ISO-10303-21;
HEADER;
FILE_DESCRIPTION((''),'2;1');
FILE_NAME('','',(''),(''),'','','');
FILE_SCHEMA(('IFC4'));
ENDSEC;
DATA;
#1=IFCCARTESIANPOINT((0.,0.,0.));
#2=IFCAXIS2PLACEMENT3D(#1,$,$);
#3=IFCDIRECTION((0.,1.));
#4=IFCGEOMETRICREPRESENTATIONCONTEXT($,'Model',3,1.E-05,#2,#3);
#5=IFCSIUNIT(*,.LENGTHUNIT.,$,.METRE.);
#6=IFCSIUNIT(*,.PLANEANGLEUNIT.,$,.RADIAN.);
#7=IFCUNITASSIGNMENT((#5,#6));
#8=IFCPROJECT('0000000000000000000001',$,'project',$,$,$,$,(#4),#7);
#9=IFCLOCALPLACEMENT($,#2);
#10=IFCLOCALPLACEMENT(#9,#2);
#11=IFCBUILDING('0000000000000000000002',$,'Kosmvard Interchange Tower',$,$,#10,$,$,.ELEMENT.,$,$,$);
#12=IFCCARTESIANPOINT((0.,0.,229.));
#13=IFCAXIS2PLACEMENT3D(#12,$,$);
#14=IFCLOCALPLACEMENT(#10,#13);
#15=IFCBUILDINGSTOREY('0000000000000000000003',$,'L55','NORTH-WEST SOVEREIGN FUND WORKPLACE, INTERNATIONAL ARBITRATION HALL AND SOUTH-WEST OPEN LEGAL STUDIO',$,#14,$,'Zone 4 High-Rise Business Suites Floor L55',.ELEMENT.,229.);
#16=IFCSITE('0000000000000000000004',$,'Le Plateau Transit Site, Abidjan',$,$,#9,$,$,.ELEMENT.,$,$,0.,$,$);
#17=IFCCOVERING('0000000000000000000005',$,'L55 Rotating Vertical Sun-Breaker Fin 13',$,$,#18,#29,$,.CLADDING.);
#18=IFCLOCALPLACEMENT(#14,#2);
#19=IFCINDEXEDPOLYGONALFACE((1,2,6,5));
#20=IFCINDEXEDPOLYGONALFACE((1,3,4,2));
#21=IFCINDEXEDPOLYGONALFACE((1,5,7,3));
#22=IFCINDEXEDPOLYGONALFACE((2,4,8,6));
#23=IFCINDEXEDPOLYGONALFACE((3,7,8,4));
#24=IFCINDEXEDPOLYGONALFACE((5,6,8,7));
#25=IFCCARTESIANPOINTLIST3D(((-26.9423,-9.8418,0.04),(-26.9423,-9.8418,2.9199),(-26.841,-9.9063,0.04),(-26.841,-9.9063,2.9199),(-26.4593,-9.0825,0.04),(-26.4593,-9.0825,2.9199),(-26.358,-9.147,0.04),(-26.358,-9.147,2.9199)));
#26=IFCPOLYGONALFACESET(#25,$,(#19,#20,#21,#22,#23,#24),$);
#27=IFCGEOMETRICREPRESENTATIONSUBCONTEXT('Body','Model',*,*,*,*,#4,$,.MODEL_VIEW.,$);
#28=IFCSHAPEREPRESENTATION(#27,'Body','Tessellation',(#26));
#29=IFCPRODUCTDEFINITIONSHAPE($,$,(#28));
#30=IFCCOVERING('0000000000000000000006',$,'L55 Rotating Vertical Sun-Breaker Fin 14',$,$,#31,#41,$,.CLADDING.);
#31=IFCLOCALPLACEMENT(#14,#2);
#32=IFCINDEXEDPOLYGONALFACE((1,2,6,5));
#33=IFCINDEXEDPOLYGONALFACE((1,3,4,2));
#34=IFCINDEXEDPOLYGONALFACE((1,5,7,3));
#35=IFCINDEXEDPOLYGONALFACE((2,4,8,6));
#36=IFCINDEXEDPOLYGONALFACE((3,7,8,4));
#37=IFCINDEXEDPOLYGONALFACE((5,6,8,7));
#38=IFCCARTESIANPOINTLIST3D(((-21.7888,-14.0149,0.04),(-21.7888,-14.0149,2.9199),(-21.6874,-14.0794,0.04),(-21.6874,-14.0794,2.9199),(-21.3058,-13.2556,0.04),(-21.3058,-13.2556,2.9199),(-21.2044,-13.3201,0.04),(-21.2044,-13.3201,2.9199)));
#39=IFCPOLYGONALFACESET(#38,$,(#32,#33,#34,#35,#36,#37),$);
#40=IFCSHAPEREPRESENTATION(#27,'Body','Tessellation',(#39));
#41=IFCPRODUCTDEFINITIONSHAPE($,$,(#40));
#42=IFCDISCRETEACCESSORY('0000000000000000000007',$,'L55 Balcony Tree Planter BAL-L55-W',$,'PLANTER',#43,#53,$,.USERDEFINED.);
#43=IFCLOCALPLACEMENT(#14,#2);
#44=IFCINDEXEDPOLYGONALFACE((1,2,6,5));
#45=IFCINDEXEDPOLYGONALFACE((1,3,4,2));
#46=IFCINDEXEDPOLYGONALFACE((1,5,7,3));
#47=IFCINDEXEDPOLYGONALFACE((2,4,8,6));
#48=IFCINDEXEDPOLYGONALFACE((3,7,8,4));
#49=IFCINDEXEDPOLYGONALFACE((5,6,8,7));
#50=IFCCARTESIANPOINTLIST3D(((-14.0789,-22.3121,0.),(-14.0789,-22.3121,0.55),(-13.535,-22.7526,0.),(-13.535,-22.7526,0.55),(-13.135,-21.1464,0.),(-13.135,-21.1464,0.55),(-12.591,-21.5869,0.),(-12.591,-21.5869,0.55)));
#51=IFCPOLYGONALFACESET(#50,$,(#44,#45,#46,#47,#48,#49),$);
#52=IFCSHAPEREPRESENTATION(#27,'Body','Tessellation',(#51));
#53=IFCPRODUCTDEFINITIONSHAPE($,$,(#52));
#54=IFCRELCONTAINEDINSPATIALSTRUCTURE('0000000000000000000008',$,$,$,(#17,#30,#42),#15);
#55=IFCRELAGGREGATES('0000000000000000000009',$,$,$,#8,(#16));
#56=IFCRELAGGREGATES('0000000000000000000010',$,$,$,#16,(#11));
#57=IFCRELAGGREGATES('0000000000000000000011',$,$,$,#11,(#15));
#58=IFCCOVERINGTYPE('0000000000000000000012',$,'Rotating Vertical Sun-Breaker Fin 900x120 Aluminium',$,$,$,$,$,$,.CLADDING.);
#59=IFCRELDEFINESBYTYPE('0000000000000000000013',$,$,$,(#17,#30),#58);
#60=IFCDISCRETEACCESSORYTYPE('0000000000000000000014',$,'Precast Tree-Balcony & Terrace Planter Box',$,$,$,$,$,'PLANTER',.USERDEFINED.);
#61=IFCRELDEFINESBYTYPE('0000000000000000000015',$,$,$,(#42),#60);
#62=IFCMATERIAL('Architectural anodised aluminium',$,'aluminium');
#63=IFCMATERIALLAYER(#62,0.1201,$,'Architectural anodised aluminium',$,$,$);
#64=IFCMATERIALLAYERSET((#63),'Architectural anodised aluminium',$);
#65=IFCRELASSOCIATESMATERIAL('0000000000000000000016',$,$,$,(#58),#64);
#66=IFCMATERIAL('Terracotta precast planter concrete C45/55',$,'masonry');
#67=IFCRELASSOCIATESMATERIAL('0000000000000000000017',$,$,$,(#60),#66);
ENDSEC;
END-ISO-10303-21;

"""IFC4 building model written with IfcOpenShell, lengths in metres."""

from ifc_helpers import new_model, si_unit, direction, frame, origin, origin_2d, place, context, subcontext, project, spatial, rectangle, extrude, source, transform, mapped, material, layer, layer_set, type_object, element, save


model = new_model("IFC4")

# Units and contexts
model_context = context("Model", 3, precision=1e-05, world=origin(), true_north=direction((0.0, 1.0)))
body_context = subcontext(model_context, "Body", "Model", "MODEL_VIEW")
ifc_project = project(units=[si_unit("LENGTHUNIT", "METRE"), si_unit("PLANEANGLEUNIT", "RADIAN")], contexts=[model_context])

# Site, building, storey
site_placement = place(None, origin())
site = spatial("IfcSite", under=ifc_project, at=site_placement, Name="Le Plateau Transit Site, Abidjan", CompositionType="ELEMENT", RefElevation=0.0)
building_placement = place(site_placement, origin())
building = spatial("IfcBuilding", under=site, at=building_placement, Name="Kosmvard Interchange Tower", CompositionType="ELEMENT")
storey_placement = place(building_placement, frame((0.0, 0.0, 229.0)))
storey = spatial("IfcBuildingStorey", under=building, at=storey_placement, Name="L55", Description="NORTH-WEST SOVEREIGN FUND WORKPLACE, INTERNATIONAL ARBITRATION HALL AND SOUTH-WEST OPEN LEGAL STUDIO", LongName="Zone 4 High-Rise Business Suites Floor L55", CompositionType="ELEMENT", Elevation=229.0)

# Coverings
ifc_material_1 = material(Name="Architectural anodised aluminium", Category="aluminium")
ifc_layer_1 = layer(ifc_material_1, 0.1201, Name="Architectural anodised aluminium")
ifc_layer_set_1 = layer_set([ifc_layer_1], Name="Architectural anodised aluminium")
covering_type = type_object("IfcCoveringType", Name="Rotating Vertical Sun-Breaker Fin 900x120 Aluminium", PredefinedType="CLADDING", material=ifc_layer_set_1)
shared_shape_1 = source(origin(), body_context, "Body", "SweptSolid", [
    extrude(rectangle(XDim=0.8999, YDim=0.1201, at=origin_2d()), origin(), (0.0, 0.0, 1.0), 2.8799),
])
for number, where, z_axis, x_axis, name in (
    (1, (-26.6501, -9.4944, 0.04), (0.0, 0.0, 1.0), (-0.536711, -0.843766, 0.0), "L55 Rotating Vertical Sun-Breaker Fin 13"),
    (2, (-21.4966, -13.6675, 0.04), (0.0, 0.0, 1.0), (-0.536711, -0.843766, 0.0), "L55 Rotating Vertical Sun-Breaker Fin 14"),
):
    element("IfcCovering", number, at=place(storey_placement, frame(where, z_axis=z_axis, x_axis=x_axis)), inside=storey, type_object=covering_type, Name=name, PredefinedType="CLADDING", context=body_context, shape_type="MappedRepresentation", body=[
        mapped(shared_shape_1, transform((0.0, 0.0, 0.0), scale=1.0)),
    ])

# Discrete accessory
ifc_material_2 = material(Name="Terracotta precast planter concrete C45/55", Category="masonry")
discrete_accessory_type = type_object("IfcDiscreteAccessoryType", Name="Precast Tree-Balcony & Terrace Planter Box", ElementType="PLANTER", PredefinedType="USERDEFINED", material=ifc_material_2)
shared_shape_2 = source(origin(), body_context, "Body", "SweptSolid", [
    extrude(rectangle(XDim=1.5, YDim=0.7, at=origin_2d()), origin(), (0.0, 0.0, 1.0), 0.55),
])
discrete_accessory_placement = place(storey_placement, frame((-13.335, -21.9495, 0.0), z_axis=(0.0, 0.0, 1.0), x_axis=(0.62932, 0.777146, 0.0)))
element("IfcDiscreteAccessory", 3, at=discrete_accessory_placement, inside=storey, type_object=discrete_accessory_type, Name="L55 Balcony Tree Planter BAL-L55-W", ObjectType="PLANTER", PredefinedType="USERDEFINED", context=body_context, shape_type="MappedRepresentation", body=[
    mapped(shared_shape_2, transform((0.0, 0.0, 0.0), scale=1.0)),
])

save(model, "model.ifc")
